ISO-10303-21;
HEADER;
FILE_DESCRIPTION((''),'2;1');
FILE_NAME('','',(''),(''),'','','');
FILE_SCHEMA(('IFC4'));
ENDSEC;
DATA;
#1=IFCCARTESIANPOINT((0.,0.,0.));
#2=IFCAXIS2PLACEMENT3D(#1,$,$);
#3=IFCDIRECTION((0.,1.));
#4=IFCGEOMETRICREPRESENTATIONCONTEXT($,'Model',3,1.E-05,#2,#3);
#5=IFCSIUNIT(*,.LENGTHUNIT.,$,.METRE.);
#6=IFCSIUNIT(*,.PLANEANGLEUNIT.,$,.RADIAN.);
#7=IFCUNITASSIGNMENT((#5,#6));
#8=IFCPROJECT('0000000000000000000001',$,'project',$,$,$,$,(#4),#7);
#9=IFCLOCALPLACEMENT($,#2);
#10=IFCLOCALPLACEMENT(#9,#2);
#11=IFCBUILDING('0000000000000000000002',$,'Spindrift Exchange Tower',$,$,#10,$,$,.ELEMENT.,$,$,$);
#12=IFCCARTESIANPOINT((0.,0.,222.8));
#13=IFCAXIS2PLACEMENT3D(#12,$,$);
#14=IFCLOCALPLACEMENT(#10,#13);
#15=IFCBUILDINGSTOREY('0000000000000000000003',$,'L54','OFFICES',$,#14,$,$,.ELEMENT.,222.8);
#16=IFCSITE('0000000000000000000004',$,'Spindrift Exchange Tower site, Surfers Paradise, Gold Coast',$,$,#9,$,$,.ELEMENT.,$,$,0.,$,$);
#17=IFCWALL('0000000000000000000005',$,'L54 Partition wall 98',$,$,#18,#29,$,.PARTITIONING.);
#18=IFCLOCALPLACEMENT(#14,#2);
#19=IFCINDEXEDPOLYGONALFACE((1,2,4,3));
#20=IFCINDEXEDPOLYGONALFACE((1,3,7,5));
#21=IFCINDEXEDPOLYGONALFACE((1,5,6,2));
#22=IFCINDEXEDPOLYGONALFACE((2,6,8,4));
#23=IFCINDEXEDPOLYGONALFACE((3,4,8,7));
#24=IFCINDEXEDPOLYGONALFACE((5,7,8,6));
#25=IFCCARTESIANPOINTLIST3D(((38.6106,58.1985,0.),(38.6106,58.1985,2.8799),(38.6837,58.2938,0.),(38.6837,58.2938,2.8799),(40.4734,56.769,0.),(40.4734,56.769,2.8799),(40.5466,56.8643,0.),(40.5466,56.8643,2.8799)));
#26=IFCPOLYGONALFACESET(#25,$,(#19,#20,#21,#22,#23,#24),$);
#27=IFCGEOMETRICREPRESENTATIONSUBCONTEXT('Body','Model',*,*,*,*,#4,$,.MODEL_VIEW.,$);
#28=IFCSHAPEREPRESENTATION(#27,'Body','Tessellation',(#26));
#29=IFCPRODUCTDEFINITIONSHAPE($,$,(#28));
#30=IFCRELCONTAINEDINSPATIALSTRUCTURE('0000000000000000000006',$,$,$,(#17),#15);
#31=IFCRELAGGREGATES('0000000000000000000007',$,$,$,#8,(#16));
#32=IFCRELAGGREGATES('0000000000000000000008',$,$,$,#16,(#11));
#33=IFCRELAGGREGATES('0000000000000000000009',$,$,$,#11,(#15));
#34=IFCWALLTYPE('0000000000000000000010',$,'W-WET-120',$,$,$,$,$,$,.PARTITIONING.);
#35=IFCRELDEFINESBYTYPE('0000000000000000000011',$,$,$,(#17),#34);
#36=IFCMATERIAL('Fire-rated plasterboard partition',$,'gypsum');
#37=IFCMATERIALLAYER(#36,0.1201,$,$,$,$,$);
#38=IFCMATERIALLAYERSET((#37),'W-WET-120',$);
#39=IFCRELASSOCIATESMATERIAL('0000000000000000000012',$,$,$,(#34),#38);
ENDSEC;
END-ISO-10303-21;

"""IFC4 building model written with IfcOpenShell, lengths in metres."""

from ifc_helpers import new_model, si_unit, direction, frame, frame_2d, origin, place, context, subcontext, project, spatial, rectangle, extrude, material, layer, layer_set, type_object, element, save


model = new_model("IFC4")

# Units and contexts
model_context = context("Model", 3, precision=1e-05, world=origin(), true_north=direction((0.0, 1.0)))
body_context = subcontext(model_context, "Body", "Model", "MODEL_VIEW")
ifc_project = project(units=[si_unit("LENGTHUNIT", "METRE"), si_unit("PLANEANGLEUNIT", "RADIAN")], contexts=[model_context])

# Site, building, storey
site_placement = place(None, origin())
site = spatial("IfcSite", under=ifc_project, at=site_placement, Name="Spindrift Exchange Tower site, Surfers Paradise, Gold Coast", CompositionType="ELEMENT", RefElevation=0.0)
building_placement = place(site_placement, origin())
building = spatial("IfcBuilding", under=site, at=building_placement, Name="Spindrift Exchange Tower", CompositionType="ELEMENT")
storey_placement = place(building_placement, frame((0.0, 0.0, 222.8)))
storey = spatial("IfcBuildingStorey", under=building, at=storey_placement, Name="L54", Description="OFFICES", CompositionType="ELEMENT", Elevation=222.8)

# Shared definitions
ifc_material_1 = material(Name="Fire-rated plasterboard partition", Category="gypsum")

# Wall
ifc_layer_1 = layer(ifc_material_1, 0.1201)
ifc_layer_set_1 = layer_set([ifc_layer_1], Name="W-WET-120")
wall_type_1 = type_object("IfcWallType", Name="W-WET-120", PredefinedType="PARTITIONING", material=ifc_layer_set_1)
wall_1_placement = place(storey_placement, frame((40.51, 56.8167, 0.0), z_axis=(0.0, 0.0, 1.0), x_axis=(-0.793339, 0.608781, 0.0)))
element("IfcWall", 1, at=wall_1_placement, inside=storey, type_object=wall_type_1, Name="L54 Partition wall 98", PredefinedType="PARTITIONING", context=body_context, shape_type="SweptSolid", body=[
    extrude(rectangle(XDim=2.3481, YDim=0.1201, at=frame_2d((1.1741, 0.0))), origin(), (0.0, 0.0, 1.0), 2.8799),
])

save(model, "model.ifc")
